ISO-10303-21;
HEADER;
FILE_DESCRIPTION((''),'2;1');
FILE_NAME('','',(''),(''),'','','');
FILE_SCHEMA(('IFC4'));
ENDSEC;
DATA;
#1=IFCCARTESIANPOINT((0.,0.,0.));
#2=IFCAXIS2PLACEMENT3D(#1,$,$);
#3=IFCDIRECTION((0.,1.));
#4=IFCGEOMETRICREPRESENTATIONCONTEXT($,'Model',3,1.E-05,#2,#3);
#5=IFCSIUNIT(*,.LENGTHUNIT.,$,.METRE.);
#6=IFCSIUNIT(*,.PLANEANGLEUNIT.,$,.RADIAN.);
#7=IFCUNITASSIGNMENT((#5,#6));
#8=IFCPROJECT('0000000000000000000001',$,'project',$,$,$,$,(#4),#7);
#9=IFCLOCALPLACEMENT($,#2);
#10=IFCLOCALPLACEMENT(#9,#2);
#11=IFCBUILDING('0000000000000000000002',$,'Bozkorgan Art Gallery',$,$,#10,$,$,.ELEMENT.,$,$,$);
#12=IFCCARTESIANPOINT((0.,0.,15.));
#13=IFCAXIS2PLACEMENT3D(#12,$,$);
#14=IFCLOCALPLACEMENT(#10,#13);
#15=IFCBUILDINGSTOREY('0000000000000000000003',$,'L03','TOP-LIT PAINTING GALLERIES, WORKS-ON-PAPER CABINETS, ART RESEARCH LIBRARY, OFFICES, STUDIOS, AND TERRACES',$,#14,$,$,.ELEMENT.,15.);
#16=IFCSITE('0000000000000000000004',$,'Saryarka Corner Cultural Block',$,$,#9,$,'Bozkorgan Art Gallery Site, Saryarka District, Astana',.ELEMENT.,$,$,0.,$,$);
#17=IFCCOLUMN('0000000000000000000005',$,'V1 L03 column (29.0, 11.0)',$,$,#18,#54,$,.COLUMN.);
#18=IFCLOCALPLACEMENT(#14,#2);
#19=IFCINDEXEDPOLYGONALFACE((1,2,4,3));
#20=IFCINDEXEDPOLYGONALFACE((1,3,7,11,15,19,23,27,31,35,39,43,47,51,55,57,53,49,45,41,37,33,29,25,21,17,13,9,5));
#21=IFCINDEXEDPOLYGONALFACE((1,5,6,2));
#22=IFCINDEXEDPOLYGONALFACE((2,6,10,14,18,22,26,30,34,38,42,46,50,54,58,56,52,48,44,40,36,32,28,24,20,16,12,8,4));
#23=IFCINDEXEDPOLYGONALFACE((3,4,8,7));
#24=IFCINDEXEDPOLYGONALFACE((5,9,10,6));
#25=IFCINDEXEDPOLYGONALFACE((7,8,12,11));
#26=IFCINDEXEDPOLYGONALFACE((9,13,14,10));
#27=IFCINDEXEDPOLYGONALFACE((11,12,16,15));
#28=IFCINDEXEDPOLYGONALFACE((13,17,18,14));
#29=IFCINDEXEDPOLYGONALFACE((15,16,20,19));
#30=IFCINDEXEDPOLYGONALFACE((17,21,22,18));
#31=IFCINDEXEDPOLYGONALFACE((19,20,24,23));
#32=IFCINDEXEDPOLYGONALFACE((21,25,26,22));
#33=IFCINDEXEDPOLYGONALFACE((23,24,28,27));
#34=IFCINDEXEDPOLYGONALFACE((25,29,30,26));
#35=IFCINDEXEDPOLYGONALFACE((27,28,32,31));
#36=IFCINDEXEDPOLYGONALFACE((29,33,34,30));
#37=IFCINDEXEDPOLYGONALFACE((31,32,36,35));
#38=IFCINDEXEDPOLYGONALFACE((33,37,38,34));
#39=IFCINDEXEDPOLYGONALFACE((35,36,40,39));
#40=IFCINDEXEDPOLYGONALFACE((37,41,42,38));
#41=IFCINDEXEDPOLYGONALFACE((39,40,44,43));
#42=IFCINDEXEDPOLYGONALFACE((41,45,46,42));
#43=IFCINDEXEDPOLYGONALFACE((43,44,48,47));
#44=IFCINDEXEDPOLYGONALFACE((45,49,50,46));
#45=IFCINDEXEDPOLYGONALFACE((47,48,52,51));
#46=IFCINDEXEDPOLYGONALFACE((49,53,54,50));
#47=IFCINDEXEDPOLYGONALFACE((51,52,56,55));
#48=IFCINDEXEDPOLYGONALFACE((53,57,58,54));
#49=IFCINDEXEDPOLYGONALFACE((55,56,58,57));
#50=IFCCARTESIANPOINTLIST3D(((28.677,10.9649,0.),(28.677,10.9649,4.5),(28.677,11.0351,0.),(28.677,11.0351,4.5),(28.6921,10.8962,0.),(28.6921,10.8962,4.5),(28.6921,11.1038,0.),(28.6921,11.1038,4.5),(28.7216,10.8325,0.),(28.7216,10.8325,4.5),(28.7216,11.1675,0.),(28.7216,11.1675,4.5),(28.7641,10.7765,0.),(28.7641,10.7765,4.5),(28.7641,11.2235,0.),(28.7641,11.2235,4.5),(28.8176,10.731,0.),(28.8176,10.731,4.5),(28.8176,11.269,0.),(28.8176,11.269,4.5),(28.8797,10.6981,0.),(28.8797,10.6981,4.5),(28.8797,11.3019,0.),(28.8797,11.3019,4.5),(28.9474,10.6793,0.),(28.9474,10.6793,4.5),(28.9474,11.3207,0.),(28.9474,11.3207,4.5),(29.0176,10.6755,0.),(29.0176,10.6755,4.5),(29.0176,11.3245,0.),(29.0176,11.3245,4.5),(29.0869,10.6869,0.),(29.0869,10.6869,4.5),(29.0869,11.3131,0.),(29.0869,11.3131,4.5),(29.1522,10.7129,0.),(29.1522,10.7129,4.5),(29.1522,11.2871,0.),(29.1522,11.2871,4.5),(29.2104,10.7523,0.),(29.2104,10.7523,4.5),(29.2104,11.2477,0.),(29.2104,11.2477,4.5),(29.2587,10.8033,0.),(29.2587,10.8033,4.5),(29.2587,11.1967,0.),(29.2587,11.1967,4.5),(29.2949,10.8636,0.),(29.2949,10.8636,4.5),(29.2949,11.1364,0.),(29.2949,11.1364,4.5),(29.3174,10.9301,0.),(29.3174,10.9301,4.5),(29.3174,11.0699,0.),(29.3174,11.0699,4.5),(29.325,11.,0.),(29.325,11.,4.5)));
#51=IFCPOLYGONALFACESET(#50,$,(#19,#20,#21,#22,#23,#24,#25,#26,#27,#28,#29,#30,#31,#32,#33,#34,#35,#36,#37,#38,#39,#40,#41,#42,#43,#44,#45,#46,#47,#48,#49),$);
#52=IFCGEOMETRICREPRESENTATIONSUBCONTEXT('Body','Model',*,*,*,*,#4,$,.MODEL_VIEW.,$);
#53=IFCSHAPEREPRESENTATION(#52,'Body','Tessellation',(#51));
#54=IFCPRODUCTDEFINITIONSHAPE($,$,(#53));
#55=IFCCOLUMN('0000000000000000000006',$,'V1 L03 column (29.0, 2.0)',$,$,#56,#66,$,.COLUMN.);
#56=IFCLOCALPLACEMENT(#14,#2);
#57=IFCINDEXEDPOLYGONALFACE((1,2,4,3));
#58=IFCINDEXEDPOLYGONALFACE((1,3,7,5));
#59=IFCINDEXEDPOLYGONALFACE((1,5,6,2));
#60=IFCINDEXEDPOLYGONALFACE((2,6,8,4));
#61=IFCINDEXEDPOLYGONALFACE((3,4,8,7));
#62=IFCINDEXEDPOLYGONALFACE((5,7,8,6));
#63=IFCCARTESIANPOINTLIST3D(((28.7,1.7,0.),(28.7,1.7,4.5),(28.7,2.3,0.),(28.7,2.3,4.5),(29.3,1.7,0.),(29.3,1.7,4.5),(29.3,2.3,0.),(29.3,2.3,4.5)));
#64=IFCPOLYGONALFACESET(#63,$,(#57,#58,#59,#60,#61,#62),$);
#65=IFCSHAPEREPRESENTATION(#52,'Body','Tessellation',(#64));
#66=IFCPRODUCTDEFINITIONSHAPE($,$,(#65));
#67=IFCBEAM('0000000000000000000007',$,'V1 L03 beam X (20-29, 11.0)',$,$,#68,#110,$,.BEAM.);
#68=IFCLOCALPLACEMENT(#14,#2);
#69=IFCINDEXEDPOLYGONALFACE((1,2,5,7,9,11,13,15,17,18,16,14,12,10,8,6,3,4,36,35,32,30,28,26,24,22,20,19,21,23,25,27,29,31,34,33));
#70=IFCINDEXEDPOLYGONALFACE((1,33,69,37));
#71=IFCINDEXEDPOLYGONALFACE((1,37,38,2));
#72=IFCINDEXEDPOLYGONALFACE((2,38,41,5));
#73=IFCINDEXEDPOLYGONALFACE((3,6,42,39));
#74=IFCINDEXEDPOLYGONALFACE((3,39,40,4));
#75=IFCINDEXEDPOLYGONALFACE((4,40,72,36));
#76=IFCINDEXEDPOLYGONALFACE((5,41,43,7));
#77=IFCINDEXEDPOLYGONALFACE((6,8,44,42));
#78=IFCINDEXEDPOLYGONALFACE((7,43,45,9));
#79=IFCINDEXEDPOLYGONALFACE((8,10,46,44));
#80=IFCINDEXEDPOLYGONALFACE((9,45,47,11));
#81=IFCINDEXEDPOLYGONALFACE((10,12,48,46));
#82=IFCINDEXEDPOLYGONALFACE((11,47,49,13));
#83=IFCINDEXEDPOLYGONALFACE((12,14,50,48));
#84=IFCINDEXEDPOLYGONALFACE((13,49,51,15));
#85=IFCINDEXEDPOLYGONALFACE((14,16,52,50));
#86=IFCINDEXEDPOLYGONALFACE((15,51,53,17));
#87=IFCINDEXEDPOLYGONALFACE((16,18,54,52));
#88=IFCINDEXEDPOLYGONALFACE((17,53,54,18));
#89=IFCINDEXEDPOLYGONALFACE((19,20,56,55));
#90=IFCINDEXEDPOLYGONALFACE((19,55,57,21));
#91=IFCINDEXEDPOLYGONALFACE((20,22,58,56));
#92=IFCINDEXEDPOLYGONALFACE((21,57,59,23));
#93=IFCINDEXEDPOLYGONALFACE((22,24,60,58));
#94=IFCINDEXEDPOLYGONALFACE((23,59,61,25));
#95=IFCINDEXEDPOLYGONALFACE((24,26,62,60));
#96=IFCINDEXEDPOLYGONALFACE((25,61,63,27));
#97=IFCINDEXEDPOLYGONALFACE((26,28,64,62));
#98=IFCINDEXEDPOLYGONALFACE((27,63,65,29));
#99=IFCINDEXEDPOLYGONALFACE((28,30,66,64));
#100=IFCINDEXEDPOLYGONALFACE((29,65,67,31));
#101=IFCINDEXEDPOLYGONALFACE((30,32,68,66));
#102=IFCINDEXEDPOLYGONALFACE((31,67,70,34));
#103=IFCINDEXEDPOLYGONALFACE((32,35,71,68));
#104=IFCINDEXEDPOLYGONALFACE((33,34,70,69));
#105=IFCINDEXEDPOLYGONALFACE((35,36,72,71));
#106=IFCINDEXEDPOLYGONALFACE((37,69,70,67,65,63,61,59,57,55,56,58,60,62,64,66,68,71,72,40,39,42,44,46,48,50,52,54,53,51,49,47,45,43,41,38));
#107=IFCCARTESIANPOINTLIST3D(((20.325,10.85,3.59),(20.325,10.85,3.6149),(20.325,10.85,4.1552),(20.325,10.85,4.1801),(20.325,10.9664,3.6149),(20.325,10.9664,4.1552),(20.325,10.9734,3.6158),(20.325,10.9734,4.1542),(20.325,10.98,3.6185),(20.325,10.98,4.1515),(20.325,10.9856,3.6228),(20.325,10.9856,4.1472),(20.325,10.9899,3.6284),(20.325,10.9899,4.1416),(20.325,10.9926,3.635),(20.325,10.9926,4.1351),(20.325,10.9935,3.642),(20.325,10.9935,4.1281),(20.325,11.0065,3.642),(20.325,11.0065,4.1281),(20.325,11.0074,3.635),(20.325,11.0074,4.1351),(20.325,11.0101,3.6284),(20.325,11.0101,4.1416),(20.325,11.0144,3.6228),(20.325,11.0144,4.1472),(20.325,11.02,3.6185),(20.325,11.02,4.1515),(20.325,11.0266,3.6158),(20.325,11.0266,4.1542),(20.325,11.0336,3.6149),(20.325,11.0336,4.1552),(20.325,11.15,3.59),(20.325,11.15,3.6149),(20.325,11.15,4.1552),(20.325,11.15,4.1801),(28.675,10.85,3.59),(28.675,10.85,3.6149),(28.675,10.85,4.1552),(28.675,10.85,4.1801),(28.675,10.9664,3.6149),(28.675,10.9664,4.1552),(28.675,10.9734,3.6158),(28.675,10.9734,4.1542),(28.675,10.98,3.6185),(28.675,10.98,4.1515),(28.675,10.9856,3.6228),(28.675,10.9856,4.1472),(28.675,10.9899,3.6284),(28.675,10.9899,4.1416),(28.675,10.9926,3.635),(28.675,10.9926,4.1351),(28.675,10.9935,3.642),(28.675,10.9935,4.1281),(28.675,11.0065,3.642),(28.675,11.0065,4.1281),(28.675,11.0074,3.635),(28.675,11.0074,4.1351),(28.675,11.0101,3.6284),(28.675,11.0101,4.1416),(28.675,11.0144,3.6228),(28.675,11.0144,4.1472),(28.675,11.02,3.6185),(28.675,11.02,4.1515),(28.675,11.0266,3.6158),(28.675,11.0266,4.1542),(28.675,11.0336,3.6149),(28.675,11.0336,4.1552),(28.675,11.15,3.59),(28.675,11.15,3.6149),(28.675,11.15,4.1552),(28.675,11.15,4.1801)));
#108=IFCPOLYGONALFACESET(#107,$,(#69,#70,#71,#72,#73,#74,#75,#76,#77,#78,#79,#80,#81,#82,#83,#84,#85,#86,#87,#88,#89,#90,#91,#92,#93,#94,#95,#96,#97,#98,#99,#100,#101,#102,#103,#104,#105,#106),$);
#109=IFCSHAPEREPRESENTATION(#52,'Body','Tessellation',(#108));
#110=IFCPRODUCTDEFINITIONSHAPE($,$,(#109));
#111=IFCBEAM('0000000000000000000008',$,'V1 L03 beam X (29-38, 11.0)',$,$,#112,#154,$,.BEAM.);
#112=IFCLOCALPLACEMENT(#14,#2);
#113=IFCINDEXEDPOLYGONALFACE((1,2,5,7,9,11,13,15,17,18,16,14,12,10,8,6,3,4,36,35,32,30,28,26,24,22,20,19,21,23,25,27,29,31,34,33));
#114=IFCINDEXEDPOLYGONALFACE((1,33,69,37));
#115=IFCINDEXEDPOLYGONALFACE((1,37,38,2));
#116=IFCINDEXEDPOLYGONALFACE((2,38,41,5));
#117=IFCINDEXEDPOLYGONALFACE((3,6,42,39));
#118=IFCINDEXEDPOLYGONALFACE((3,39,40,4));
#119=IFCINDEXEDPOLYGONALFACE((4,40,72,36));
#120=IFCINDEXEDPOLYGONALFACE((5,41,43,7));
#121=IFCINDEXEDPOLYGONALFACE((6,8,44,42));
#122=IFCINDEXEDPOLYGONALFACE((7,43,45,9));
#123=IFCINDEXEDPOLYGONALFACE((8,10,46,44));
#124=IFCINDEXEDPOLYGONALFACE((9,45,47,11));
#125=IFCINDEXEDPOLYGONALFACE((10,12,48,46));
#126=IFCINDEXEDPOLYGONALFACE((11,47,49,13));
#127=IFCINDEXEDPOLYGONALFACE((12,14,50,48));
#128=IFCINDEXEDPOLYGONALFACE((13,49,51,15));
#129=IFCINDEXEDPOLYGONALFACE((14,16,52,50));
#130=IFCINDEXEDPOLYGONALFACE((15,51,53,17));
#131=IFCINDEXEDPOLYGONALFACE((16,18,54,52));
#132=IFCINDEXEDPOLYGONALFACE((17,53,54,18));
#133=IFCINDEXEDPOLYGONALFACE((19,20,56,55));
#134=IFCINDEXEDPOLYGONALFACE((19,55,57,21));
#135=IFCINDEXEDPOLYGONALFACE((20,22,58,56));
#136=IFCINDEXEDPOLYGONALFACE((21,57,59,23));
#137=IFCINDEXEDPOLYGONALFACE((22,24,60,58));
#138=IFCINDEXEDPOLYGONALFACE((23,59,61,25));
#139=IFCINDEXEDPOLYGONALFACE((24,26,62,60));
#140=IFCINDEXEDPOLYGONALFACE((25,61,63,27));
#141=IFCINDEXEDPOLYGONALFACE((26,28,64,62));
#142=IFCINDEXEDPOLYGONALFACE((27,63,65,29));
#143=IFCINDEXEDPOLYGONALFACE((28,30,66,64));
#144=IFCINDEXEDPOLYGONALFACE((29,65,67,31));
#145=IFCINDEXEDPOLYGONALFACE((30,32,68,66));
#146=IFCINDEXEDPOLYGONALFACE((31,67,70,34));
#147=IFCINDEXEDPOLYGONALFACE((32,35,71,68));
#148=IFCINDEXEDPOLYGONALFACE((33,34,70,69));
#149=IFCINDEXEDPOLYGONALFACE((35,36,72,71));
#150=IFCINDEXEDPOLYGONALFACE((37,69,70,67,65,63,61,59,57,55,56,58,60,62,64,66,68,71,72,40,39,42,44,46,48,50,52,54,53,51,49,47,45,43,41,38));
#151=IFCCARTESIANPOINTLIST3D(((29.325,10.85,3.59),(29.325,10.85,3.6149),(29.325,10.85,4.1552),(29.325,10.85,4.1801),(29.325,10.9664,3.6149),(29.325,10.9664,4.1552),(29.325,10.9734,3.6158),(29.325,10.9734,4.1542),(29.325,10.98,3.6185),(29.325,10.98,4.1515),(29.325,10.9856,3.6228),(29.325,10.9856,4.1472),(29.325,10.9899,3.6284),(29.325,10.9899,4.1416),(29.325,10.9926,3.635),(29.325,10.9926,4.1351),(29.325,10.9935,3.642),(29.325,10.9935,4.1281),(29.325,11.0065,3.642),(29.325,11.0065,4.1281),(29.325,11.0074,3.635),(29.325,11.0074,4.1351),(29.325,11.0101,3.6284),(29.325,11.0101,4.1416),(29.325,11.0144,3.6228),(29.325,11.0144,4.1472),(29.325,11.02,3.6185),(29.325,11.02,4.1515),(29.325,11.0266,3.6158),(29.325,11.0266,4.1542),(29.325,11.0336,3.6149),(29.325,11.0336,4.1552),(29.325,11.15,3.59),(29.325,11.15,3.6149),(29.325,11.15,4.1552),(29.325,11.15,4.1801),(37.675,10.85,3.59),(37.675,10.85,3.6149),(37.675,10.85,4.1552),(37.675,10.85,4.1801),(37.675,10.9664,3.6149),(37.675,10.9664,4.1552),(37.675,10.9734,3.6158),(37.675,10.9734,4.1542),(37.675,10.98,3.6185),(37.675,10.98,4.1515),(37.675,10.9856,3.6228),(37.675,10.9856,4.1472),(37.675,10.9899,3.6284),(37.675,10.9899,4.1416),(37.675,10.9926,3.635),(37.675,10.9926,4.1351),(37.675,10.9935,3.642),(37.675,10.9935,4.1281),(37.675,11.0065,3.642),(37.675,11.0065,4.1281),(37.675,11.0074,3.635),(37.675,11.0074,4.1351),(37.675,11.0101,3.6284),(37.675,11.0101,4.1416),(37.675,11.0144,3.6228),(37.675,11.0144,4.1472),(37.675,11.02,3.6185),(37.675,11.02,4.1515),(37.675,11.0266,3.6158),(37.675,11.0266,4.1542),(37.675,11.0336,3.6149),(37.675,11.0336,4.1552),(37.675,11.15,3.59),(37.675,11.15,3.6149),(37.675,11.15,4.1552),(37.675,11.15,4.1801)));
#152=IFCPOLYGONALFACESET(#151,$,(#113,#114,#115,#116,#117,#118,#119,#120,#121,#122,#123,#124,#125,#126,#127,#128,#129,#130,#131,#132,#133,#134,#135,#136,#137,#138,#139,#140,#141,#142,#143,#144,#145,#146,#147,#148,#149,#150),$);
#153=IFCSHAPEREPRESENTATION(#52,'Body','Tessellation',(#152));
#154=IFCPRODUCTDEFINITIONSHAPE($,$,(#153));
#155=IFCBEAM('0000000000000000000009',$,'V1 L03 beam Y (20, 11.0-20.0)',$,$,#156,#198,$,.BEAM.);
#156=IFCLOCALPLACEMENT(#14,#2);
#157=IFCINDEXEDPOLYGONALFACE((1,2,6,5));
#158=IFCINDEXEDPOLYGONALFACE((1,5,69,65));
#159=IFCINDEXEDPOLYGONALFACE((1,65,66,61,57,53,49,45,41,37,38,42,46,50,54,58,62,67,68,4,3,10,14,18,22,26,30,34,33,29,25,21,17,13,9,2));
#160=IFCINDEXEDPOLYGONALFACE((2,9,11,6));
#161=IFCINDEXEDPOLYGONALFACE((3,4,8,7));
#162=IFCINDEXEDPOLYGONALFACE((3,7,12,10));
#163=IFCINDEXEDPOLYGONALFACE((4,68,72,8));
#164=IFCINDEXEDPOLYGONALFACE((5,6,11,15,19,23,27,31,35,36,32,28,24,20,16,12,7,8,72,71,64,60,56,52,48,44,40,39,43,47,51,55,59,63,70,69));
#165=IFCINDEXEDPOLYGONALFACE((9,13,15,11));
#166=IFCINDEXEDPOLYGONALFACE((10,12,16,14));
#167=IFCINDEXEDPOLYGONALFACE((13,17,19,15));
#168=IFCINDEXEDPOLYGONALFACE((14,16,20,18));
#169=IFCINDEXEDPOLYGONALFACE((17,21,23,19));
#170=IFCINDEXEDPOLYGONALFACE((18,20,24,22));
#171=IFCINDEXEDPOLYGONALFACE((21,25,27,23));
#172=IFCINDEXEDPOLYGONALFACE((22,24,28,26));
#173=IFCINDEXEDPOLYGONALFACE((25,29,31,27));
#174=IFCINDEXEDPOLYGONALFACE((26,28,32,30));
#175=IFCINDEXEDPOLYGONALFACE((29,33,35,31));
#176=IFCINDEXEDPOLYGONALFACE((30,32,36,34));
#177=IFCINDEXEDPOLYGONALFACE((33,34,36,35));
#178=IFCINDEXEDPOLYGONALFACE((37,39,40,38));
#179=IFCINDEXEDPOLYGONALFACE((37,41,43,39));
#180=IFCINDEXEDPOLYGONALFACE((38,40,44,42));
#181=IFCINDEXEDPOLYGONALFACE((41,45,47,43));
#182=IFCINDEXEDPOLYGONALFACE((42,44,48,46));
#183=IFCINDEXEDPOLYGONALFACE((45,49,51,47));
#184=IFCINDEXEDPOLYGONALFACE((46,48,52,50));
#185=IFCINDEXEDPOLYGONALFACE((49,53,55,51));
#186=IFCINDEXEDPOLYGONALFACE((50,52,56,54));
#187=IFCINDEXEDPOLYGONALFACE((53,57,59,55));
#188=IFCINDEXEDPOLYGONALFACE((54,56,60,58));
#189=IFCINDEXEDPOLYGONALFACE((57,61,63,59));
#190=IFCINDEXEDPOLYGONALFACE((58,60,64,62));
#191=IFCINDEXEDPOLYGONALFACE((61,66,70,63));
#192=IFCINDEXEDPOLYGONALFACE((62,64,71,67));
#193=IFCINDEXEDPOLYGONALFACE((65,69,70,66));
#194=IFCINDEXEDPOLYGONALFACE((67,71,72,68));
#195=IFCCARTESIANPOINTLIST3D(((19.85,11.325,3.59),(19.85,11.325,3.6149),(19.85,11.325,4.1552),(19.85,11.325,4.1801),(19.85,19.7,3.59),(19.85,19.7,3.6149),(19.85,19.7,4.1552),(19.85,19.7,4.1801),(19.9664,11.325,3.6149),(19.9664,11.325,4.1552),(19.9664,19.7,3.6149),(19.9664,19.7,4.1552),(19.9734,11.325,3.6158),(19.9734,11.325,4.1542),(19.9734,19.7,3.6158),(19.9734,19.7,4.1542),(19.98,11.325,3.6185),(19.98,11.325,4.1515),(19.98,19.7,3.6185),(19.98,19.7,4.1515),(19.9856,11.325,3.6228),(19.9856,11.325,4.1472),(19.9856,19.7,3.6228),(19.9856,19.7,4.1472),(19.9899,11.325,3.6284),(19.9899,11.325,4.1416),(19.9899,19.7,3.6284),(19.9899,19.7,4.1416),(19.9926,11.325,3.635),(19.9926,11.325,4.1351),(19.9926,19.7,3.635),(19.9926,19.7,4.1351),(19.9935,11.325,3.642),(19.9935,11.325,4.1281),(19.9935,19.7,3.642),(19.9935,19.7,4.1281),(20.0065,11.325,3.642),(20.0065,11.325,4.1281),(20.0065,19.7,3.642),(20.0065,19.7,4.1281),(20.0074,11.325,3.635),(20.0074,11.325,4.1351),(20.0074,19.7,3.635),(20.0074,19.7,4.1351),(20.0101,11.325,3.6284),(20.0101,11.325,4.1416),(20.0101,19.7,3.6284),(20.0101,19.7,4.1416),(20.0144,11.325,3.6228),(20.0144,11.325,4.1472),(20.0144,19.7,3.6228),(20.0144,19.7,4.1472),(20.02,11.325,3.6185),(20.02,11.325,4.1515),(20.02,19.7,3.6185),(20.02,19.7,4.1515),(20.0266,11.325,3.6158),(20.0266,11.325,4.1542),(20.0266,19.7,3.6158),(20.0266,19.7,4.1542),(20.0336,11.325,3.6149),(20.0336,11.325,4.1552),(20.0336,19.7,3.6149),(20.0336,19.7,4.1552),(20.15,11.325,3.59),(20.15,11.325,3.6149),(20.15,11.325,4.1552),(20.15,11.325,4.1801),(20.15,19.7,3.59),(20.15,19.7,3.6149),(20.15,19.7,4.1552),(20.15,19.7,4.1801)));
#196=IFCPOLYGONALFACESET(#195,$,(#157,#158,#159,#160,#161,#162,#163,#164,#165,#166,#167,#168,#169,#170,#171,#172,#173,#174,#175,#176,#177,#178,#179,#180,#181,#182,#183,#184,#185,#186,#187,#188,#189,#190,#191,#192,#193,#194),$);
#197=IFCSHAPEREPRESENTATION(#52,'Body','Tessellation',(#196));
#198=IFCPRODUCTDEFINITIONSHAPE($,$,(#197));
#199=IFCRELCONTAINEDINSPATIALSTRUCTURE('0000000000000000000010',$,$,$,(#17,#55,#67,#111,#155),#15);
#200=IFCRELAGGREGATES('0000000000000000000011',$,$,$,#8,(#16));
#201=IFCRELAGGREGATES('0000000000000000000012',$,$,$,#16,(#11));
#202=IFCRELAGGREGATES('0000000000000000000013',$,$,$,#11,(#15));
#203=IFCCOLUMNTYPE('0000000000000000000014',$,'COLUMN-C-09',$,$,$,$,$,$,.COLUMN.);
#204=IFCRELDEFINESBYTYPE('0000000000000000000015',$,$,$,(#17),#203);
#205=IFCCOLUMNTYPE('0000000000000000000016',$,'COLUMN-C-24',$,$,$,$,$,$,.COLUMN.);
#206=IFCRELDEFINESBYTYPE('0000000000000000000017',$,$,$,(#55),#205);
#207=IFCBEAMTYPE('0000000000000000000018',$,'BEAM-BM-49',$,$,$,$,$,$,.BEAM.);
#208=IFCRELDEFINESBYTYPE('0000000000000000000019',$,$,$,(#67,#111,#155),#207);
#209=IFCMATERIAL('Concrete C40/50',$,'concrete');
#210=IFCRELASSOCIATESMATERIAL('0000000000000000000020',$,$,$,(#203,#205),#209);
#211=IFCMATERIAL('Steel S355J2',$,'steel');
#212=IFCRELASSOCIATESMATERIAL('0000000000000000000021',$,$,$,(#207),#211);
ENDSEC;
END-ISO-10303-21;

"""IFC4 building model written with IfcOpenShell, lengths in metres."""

from ifc_helpers import new_model, si_unit, direction, frame, origin, origin_2d, place, context, subcontext, project, spatial, rectangle, circle, i_section, extrude, material, material_profile, profile_set, type_object, element, save


model = new_model("IFC4")

# Units and contexts
model_context = context("Model", 3, precision=1e-05, world=origin(), true_north=direction((0.0, 1.0)))
body_context = subcontext(model_context, "Body", "Model", "MODEL_VIEW")
ifc_project = project(units=[si_unit("LENGTHUNIT", "METRE"), si_unit("PLANEANGLEUNIT", "RADIAN")], contexts=[model_context])

# Site, building, storey
site_placement = place(None, origin())
site = spatial("IfcSite", under=ifc_project, at=site_placement, Name="Saryarka Corner Cultural Block", LongName="Bozkorgan Art Gallery Site, Saryarka District, Astana", CompositionType="ELEMENT", RefElevation=0.0)
building_placement = place(site_placement, origin())
building = spatial("IfcBuilding", under=site, at=building_placement, Name="Bozkorgan Art Gallery", CompositionType="ELEMENT")
storey_placement = place(building_placement, frame((0.0, 0.0, 15.0)))
storey = spatial("IfcBuildingStorey", under=building, at=storey_placement, Name="L03", Description="TOP-LIT PAINTING GALLERIES, WORKS-ON-PAPER CABINETS, ART RESEARCH LIBRARY, OFFICES, STUDIOS, AND TERRACES", CompositionType="ELEMENT", Elevation=15.0)

# Columns
ifc_material_1 = material(Name="Concrete C40/50", Category="concrete")
ifc_material_profile_1 = material_profile(ifc_material_1, circle(Radius=0.325, at=origin_2d()), Name="RC D650")
ifc_profile_set_1 = profile_set([ifc_material_profile_1], Name="Concrete C40/50")
column_type_1 = type_object("IfcColumnType", Name="COLUMN-C-09", PredefinedType="COLUMN", material=ifc_profile_set_1)
column_1_placement = place(storey_placement, frame((29.0, 11.0, 0.0), z_axis=(0.0, 0.0, 1.0), x_axis=(1.0, 0.0, 0.0)))
element("IfcColumn", 1, at=column_1_placement, inside=storey, type_object=column_type_1, Name="V1 L03 column (29.0, 11.0)", PredefinedType="COLUMN", context=body_context, shape_type="SweptSolid", body=[
    extrude(circle(Radius=0.325, at=origin_2d()), origin(), (0.0, 0.0, 1.0), 4.5),
])
ifc_material_profile_2 = material_profile(ifc_material_1, rectangle(XDim=0.6001, YDim=0.6001, at=origin_2d()), Name="RC 600x600")
ifc_profile_set_2 = profile_set([ifc_material_profile_2], Name="Concrete C40/50")
column_type_2 = type_object("IfcColumnType", Name="COLUMN-C-24", PredefinedType="COLUMN", material=ifc_profile_set_2)
column_2_placement = place(storey_placement, frame((29.0, 2.0, 0.0), z_axis=(0.0, 0.0, 1.0), x_axis=(1.0, 0.0, 0.0)))
element("IfcColumn", 2, at=column_2_placement, inside=storey, type_object=column_type_2, Name="V1 L03 column (29.0, 2.0)", PredefinedType="COLUMN", context=body_context, shape_type="SweptSolid", body=[
    extrude(rectangle(XDim=0.6001, YDim=0.6001, at=origin_2d()), origin(), (0.0, 0.0, 1.0), 4.5),
])

# Beams
ifc_material_2 = material(Name="Steel S355J2", Category="steel")
ifc_material_profile_3 = material_profile(ifc_material_2, i_section(OverallWidth=0.3, OverallDepth=0.5901, WebThickness=0.0129, FlangeThickness=0.0249, FilletRadius=0.0271, at=origin_2d()), Name="HEA 600")
ifc_profile_set_3 = profile_set([ifc_material_profile_3], Name="Steel S355J2")
beam_type_1 = type_object("IfcBeamType", Name="BEAM-BM-49", PredefinedType="BEAM", material=ifc_profile_set_3)
for number, where, z_axis, x_axis, name in (
    (3, (20.325, 11.0, 3.885), (1.0, 0.0, 0.0), (0.0, 1.0, 0.0), "V1 L03 beam X (20-29, 11.0)"),
    (4, (29.325, 11.0, 3.885), (1.0, 0.0, 0.0), (0.0, 1.0, 0.0), "V1 L03 beam X (29-38, 11.0)"),
):
    element("IfcBeam", number, at=place(storey_placement, frame(where, z_axis=z_axis, x_axis=x_axis)), inside=storey, type_object=beam_type_1, Name=name, PredefinedType="BEAM", context=body_context, shape_type="SweptSolid", body=[
        extrude(i_section(OverallWidth=0.3, OverallDepth=0.5901, WebThickness=0.0129, FlangeThickness=0.0249, FilletRadius=0.0271, at=origin_2d()), origin(), (0.0, 0.0, 1.0), 8.3501),
    ])
for number, where, z_axis, x_axis, name in (
    (5, (20.0, 11.325, 3.885), (0.0, 1.0, 0.0), (-1.0, 0.0, 0.0), "V1 L03 beam Y (20, 11.0-20.0)"),
):
    element("IfcBeam", number, at=place(storey_placement, frame(where, z_axis=z_axis, x_axis=x_axis)), inside=storey, type_object=beam_type_1, Name=name, PredefinedType="BEAM", context=body_context, shape_type="SweptSolid", body=[
        extrude(i_section(OverallWidth=0.3, OverallDepth=0.5901, WebThickness=0.0129, FlangeThickness=0.0249, FilletRadius=0.0271, at=origin_2d()), origin(), (0.0, 0.0, 1.0), 8.375),
    ])

save(model, "model.ifc")
